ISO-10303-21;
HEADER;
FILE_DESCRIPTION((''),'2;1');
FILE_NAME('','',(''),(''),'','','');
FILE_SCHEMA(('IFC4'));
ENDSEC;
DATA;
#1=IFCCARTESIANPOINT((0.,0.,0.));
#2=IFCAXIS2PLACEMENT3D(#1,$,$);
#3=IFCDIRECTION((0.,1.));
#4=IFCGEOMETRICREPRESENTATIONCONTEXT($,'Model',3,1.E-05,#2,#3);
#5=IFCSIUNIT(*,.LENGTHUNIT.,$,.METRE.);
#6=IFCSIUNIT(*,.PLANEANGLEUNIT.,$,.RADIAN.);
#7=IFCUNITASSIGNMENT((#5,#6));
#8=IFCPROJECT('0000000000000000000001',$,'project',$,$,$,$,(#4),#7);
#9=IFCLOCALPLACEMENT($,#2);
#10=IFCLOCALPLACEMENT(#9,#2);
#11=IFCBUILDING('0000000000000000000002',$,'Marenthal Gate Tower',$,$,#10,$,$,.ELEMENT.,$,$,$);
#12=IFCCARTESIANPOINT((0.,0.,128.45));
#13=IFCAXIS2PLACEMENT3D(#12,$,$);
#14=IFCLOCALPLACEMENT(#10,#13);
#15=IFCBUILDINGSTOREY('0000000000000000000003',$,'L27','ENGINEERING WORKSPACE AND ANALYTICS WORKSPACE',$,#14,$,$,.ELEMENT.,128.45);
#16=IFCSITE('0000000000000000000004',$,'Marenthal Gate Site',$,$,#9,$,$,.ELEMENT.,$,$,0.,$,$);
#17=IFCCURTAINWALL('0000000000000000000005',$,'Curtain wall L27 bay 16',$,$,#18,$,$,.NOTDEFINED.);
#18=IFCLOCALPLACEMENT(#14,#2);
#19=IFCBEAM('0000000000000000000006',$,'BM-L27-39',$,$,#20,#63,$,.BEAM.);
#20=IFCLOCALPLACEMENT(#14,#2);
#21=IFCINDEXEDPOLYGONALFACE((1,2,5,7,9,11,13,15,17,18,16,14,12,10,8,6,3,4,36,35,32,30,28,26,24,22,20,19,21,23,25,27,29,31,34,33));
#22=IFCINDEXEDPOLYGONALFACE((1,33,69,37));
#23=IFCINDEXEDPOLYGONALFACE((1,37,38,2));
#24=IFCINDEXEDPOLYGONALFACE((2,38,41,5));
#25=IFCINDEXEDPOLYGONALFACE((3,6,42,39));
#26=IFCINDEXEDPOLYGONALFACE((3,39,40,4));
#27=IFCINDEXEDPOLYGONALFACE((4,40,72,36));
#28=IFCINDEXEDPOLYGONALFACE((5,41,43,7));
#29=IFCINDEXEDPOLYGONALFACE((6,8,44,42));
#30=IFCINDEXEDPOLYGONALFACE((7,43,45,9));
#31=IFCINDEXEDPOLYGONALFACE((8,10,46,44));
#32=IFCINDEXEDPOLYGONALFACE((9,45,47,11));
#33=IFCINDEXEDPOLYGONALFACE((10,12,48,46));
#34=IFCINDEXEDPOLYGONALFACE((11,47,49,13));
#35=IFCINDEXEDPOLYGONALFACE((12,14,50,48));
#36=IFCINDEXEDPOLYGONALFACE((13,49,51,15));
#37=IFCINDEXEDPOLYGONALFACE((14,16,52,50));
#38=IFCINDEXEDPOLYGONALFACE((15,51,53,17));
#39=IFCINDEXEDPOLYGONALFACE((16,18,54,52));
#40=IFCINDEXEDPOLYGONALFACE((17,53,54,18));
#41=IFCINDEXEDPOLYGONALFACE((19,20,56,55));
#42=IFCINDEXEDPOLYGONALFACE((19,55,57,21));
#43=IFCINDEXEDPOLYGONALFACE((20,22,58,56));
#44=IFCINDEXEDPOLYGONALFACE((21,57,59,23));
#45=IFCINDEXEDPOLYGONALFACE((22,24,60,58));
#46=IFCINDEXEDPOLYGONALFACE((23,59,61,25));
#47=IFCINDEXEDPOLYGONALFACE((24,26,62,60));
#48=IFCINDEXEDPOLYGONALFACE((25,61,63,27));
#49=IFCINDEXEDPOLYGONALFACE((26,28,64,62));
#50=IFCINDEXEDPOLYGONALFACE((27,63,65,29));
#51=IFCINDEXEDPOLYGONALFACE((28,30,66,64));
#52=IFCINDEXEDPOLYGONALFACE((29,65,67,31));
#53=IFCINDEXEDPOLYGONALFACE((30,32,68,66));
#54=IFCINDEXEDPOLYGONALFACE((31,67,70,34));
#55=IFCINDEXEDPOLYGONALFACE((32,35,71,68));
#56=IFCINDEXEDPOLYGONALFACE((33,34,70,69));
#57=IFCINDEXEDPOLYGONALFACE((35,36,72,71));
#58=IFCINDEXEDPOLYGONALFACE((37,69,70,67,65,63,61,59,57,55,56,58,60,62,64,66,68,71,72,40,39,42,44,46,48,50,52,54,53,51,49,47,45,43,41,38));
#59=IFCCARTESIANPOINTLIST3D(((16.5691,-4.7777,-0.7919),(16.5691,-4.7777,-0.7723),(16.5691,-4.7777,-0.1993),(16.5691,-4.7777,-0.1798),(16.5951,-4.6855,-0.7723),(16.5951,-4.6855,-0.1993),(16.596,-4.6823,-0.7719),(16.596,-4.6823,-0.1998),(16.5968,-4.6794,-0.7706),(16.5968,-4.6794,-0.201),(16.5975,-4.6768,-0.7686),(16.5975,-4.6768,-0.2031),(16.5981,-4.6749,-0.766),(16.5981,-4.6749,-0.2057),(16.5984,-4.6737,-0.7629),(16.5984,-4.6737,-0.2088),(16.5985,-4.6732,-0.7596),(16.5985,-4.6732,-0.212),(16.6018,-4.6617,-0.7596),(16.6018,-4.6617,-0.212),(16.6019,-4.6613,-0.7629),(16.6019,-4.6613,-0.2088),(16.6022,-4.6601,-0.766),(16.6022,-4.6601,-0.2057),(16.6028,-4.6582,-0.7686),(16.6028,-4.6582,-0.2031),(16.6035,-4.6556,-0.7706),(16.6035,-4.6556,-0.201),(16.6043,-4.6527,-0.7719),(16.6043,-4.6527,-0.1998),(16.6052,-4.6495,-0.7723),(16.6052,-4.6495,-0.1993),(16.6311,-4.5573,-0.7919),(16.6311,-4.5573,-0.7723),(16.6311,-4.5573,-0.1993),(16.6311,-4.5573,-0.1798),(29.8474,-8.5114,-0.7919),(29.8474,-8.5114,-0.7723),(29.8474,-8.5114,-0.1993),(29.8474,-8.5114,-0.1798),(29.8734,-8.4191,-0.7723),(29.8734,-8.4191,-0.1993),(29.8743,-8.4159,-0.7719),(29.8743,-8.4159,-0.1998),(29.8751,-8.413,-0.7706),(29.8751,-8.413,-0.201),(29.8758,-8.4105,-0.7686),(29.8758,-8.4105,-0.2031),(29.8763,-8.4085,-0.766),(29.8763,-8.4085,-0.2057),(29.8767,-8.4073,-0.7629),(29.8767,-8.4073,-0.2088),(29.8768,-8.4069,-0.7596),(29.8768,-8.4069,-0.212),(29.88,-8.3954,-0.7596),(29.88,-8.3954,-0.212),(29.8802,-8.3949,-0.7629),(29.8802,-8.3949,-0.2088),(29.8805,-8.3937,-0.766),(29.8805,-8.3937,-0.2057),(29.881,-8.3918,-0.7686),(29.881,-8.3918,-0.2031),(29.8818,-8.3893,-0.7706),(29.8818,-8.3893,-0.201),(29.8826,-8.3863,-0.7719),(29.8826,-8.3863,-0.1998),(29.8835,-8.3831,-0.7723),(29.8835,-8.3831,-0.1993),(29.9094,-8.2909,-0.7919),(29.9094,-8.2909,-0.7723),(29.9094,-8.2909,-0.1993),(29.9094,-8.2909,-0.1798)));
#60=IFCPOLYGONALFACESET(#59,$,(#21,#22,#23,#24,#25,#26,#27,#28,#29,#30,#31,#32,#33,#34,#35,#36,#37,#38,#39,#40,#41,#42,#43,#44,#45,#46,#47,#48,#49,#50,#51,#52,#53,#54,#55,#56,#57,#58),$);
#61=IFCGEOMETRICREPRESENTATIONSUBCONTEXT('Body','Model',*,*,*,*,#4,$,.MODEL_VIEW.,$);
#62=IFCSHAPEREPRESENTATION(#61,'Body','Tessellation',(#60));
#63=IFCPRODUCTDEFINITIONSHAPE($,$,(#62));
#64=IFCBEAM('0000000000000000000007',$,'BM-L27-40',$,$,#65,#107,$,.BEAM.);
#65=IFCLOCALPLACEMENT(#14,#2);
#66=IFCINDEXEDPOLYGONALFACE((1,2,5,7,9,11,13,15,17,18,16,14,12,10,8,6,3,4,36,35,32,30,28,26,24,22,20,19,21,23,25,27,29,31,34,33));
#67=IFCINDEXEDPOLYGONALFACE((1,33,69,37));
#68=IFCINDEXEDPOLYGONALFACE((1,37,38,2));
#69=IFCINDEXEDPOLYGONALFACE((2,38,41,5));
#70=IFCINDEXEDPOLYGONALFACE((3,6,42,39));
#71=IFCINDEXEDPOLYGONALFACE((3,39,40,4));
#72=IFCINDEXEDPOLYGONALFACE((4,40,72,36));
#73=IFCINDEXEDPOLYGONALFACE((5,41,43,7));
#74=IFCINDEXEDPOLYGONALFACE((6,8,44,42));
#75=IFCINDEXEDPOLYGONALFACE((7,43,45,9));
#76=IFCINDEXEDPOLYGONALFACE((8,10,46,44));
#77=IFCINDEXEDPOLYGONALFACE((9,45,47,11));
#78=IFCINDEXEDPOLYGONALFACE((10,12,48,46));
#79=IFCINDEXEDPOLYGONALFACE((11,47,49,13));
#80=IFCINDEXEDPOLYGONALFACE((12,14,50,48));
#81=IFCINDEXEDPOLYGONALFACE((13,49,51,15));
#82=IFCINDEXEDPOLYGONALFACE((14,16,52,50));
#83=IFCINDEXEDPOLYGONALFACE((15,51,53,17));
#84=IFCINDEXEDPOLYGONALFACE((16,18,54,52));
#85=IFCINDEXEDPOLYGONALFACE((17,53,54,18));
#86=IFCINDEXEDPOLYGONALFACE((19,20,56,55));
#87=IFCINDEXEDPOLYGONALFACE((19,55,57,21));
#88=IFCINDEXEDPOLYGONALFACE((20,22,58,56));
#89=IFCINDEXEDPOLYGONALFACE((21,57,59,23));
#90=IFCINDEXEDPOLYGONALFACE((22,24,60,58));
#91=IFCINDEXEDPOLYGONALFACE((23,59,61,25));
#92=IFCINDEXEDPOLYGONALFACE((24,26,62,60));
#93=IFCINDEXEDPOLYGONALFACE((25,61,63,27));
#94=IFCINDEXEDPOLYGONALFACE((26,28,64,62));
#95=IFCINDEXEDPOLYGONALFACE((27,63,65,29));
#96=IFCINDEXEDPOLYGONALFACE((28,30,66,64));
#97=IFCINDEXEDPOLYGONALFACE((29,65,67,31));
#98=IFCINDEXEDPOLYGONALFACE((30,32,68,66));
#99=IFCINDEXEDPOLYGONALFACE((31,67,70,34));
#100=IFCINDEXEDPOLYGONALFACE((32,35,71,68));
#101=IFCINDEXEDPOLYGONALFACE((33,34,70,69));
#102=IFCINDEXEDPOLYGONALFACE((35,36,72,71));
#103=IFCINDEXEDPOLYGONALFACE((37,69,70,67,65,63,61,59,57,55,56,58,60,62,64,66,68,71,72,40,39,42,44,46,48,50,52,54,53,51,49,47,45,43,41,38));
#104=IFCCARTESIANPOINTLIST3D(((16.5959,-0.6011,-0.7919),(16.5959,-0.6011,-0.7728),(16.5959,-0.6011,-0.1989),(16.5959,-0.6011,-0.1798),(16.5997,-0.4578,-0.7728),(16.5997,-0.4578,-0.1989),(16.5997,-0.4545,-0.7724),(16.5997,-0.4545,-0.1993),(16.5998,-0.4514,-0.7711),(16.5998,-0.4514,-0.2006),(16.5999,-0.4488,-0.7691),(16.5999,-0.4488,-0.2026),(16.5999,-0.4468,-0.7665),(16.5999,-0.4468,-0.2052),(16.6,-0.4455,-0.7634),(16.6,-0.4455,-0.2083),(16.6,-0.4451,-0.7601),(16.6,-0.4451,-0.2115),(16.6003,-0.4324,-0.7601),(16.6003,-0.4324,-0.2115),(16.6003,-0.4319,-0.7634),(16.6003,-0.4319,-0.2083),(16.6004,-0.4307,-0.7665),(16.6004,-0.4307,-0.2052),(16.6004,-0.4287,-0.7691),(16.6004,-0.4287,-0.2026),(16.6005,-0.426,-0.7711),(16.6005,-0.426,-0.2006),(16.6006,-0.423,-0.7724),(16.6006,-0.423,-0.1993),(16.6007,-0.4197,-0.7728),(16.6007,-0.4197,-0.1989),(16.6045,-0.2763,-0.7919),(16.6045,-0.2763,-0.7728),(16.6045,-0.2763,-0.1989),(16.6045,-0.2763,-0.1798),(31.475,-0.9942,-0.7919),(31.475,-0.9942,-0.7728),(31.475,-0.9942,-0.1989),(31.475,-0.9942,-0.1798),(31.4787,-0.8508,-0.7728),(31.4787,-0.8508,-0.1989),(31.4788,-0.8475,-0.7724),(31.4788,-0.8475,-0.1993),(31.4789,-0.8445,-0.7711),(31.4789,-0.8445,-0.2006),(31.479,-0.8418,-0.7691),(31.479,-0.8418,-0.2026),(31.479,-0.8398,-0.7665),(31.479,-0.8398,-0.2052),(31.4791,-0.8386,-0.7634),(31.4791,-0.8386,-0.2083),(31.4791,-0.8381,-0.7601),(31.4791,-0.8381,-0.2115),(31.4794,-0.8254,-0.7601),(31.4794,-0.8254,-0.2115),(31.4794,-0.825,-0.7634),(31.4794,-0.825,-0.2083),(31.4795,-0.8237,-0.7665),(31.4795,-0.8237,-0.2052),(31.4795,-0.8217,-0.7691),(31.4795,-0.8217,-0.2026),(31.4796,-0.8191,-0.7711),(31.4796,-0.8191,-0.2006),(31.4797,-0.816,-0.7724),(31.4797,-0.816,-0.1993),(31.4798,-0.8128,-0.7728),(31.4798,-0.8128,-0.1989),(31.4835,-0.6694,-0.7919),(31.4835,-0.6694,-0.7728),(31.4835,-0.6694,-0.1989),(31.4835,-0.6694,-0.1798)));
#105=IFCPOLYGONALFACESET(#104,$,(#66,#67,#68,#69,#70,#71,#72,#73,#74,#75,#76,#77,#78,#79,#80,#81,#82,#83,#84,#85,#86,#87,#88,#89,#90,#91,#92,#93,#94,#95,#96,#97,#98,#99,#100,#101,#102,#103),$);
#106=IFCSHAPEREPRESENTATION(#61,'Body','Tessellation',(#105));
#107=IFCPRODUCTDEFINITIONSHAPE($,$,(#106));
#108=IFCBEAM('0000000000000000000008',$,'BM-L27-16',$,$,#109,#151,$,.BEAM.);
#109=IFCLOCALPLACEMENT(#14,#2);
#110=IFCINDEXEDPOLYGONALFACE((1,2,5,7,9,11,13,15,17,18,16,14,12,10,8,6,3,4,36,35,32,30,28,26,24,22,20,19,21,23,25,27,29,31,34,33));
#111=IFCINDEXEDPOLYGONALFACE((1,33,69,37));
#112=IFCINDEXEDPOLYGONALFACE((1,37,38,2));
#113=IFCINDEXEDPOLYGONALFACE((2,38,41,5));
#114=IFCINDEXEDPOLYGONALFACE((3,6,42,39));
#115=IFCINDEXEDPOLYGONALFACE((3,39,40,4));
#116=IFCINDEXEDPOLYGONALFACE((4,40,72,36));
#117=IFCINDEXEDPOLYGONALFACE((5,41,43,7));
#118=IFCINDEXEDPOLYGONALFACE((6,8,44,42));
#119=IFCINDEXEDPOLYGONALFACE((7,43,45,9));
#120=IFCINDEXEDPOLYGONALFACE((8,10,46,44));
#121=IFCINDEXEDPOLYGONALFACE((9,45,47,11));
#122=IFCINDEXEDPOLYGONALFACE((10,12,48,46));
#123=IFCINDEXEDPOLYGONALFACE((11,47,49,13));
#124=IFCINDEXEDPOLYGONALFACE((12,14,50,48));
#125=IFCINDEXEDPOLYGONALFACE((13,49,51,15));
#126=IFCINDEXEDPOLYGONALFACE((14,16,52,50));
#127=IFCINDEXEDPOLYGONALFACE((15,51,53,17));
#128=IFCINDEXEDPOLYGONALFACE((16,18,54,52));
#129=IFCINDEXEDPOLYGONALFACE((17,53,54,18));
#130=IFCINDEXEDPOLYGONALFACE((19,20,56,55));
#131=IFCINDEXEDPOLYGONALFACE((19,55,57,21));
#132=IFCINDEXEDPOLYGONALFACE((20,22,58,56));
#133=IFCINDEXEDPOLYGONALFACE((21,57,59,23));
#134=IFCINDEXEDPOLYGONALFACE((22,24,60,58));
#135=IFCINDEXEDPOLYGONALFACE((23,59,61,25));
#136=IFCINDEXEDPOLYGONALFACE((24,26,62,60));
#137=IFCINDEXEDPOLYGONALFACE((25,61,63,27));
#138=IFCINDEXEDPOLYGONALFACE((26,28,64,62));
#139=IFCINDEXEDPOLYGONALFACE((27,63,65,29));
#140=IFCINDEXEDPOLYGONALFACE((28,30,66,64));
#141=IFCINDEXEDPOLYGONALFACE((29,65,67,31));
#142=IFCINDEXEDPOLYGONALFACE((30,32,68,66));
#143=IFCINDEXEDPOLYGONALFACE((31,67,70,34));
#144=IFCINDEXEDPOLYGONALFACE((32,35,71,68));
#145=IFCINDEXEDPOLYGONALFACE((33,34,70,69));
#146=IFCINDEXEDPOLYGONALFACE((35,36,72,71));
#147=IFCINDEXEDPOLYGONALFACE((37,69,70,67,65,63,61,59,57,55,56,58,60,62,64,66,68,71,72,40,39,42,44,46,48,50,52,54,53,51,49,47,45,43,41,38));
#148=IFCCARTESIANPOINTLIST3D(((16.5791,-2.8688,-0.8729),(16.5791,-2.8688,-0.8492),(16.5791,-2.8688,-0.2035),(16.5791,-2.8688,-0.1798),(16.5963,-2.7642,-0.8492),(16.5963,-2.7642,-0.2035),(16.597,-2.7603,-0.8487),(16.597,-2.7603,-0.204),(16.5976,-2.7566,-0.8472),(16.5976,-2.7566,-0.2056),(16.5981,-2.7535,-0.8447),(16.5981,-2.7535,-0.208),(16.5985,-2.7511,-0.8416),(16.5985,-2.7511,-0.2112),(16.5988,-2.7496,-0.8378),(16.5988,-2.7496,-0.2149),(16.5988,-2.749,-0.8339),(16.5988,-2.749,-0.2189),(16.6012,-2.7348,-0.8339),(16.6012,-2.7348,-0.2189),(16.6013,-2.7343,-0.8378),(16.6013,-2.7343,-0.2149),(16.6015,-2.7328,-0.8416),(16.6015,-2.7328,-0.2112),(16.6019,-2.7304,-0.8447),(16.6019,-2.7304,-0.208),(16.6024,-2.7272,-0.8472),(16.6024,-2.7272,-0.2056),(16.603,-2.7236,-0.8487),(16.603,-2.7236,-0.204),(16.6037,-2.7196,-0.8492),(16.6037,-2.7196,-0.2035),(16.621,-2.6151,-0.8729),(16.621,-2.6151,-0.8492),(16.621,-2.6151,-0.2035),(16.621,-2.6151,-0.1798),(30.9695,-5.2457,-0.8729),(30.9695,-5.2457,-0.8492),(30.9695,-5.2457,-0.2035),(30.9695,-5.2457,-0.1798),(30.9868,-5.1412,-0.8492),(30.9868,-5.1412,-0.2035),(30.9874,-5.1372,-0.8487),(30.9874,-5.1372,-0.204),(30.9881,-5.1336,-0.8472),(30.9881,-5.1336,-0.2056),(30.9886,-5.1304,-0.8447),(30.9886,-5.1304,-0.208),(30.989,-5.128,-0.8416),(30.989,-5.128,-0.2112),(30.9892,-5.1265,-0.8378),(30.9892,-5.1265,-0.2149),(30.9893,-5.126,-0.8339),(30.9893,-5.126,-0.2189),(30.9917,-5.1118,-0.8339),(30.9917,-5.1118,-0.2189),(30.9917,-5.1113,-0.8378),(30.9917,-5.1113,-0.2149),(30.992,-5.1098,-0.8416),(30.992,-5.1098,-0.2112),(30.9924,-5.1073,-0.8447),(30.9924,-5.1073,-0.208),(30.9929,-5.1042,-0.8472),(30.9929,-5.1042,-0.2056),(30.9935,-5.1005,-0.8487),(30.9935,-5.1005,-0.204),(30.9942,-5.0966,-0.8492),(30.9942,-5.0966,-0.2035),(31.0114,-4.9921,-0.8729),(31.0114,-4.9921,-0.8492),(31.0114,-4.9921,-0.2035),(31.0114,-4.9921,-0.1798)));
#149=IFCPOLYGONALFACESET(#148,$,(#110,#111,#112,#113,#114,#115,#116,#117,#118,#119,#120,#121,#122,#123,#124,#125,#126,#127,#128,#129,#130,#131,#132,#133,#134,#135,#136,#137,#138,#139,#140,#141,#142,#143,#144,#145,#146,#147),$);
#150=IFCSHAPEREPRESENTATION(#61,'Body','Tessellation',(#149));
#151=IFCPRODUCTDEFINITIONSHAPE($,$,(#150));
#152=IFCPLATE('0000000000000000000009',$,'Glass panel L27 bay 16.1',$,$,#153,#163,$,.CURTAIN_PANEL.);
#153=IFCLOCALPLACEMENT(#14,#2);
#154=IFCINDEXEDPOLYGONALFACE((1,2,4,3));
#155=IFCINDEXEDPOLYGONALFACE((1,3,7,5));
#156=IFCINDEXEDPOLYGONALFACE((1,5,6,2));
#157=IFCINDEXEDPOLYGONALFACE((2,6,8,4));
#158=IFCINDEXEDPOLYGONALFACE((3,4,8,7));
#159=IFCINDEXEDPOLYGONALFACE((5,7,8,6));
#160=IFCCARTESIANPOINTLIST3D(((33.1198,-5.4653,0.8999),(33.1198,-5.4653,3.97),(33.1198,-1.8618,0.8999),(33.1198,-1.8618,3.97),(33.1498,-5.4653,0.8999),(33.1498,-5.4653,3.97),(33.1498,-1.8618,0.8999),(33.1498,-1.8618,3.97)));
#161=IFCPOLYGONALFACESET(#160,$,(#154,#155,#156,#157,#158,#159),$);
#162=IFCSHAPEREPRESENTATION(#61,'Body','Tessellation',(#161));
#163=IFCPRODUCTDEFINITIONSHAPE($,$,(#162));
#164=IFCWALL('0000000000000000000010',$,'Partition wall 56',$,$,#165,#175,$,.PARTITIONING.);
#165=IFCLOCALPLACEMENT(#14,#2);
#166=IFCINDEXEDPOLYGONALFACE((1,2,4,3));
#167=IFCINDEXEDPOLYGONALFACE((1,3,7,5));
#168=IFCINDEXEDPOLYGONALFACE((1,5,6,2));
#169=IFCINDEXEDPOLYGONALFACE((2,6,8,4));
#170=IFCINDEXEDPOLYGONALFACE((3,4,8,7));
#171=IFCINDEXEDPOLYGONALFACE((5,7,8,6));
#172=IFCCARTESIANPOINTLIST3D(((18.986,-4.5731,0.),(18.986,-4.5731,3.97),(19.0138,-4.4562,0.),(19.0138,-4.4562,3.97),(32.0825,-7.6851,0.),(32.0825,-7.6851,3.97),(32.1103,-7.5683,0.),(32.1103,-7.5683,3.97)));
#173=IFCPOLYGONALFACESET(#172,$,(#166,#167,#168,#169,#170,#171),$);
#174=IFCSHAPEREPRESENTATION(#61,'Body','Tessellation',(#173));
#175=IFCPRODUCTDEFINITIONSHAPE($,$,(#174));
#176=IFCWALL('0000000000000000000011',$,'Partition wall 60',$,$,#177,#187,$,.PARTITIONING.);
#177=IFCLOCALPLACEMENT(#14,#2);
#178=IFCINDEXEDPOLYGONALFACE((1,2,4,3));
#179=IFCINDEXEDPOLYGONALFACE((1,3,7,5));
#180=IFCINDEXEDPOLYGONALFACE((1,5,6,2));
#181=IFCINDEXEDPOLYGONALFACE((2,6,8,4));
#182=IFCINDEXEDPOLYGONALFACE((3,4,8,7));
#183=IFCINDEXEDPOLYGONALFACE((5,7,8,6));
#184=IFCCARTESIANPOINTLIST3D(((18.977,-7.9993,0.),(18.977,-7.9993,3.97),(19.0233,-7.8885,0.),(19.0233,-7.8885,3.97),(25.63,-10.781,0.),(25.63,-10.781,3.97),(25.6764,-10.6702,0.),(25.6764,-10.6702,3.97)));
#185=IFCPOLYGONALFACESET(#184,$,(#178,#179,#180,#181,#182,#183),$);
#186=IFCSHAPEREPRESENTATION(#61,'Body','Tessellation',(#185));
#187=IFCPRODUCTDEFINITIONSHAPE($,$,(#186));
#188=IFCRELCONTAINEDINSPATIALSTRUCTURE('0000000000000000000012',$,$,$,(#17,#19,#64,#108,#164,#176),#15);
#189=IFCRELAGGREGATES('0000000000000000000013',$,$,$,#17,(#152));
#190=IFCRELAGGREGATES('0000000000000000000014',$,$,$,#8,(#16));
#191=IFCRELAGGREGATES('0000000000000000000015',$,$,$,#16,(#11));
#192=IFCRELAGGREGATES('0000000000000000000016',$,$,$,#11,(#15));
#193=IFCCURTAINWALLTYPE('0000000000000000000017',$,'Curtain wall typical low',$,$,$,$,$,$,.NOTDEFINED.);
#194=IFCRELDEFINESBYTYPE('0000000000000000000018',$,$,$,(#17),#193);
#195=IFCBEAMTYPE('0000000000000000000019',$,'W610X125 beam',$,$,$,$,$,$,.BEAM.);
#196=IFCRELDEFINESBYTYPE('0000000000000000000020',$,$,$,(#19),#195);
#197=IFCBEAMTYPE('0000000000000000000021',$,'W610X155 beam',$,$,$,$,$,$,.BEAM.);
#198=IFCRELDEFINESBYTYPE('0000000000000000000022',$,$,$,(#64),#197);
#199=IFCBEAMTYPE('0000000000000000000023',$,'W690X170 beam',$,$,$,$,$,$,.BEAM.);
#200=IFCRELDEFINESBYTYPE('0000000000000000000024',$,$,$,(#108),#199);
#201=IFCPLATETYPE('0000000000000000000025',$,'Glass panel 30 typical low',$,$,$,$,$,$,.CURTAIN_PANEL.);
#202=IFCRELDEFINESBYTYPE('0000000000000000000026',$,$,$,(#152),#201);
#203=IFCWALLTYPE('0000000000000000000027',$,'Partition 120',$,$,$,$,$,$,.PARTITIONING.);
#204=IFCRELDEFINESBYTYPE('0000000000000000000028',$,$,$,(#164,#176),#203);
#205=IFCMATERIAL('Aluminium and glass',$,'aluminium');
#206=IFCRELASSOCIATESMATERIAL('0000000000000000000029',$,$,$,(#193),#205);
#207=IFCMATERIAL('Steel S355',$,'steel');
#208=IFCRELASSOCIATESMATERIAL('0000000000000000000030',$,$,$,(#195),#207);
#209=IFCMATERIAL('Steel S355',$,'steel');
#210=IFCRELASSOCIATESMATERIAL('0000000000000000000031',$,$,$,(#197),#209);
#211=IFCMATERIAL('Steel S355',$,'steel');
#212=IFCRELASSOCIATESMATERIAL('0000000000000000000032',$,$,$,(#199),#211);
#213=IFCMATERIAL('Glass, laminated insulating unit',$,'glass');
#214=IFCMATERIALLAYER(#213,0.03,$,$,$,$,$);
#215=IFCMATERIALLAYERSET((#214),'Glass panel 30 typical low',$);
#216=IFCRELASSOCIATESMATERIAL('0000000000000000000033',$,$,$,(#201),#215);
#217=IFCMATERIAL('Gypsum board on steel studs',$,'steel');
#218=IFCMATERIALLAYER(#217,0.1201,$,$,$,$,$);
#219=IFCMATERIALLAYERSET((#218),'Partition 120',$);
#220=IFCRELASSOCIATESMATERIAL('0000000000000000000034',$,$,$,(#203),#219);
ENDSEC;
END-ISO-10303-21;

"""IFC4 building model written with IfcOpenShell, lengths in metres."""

from ifc_helpers import new_model, si_unit, direction, frame, frame_2d, origin, origin_2d, place, context, subcontext, project, spatial, rectangle, i_section, extrude, material, layer, layer_set, material_profile, profile_set, type_object, element, aggregate, save


model = new_model("IFC4")

# Units and contexts
model_context = context("Model", 3, precision=1e-05, world=origin(), true_north=direction((0.0, 1.0)))
body_context = subcontext(model_context, "Body", "Model", "MODEL_VIEW")
ifc_project = project(units=[si_unit("LENGTHUNIT", "METRE"), si_unit("PLANEANGLEUNIT", "RADIAN")], contexts=[model_context])

# Site, building, storey
site_placement = place(None, origin())
site = spatial("IfcSite", under=ifc_project, at=site_placement, Name="Marenthal Gate Site", CompositionType="ELEMENT", RefElevation=0.0)
building_placement = place(site_placement, origin())
building = spatial("IfcBuilding", under=site, at=building_placement, Name="Marenthal Gate Tower", CompositionType="ELEMENT")
storey_placement = place(building_placement, frame((0.0, 0.0, 128.45)))
storey = spatial("IfcBuildingStorey", under=building, at=storey_placement, Name="L27", Description="ENGINEERING WORKSPACE AND ANALYTICS WORKSPACE", CompositionType="ELEMENT", Elevation=128.45)

# Curtain wall
ifc_material_1 = material(Name="Aluminium and glass", Category="aluminium")
curtain_wall_type = type_object("IfcCurtainWallType", Name="Curtain wall typical low", PredefinedType="NOTDEFINED", material=ifc_material_1)
curtain_wall_placement = place(storey_placement, origin())
curtain_wall = element("IfcCurtainWall", 1, at=curtain_wall_placement, inside=storey, type_object=curtain_wall_type, Name="Curtain wall L27 bay 16", PredefinedType="NOTDEFINED")

# Beams
ifc_material_2 = material(Name="Steel S355", Category="steel")
ifc_material_profile_1 = material_profile(ifc_material_2, i_section(OverallWidth=0.229, OverallDepth=0.6121, WebThickness=0.012, FlangeThickness=0.0195, FilletRadius=0.0127, at=origin_2d()), Name="W610X125")
ifc_profile_set_1 = profile_set([ifc_material_profile_1], Name="Steel S355")
beam_type_1 = type_object("IfcBeamType", Name="W610X125 beam", PredefinedType="BEAM", material=ifc_profile_set_1)
beam_1_placement = place(storey_placement, frame((29.8784, -8.4011, -0.4858), z_axis=(-0.962668, 0.270686, 0.0), x_axis=(-0.270686, -0.962668, 0.0)))
element("IfcBeam", 2, at=beam_1_placement, inside=storey, type_object=beam_type_1, Name="BM-L27-39", PredefinedType="BEAM", context=body_context, shape_type="SweptSolid", body=[
    extrude(i_section(OverallWidth=0.229, OverallDepth=0.6121, WebThickness=0.012, FlangeThickness=0.0195, FilletRadius=0.0127, at=origin_2d()), origin(), (0.0, 0.0, 1.0), 13.7932),
])
ifc_material_3 = material(Name="Steel S355", Category="steel")
ifc_material_profile_2 = material_profile(ifc_material_3, i_section(OverallWidth=0.325, OverallDepth=0.6121, WebThickness=0.0127, FlangeThickness=0.019, FilletRadius=0.0127, at=origin_2d()), Name="W610X155")
ifc_profile_set_2 = profile_set([ifc_material_profile_2], Name="Steel S355")
beam_type_2 = type_object("IfcBeamType", Name="W610X155 beam", PredefinedType="BEAM", material=ifc_profile_set_2)
beam_2_placement = place(storey_placement, frame((31.4792, -0.8318, -0.4858), z_axis=(-0.999651, 0.026408, 0.0), x_axis=(-0.026408, -0.999651, 0.0)))
element("IfcBeam", 3, at=beam_2_placement, inside=storey, type_object=beam_type_2, Name="BM-L27-40", PredefinedType="BEAM", context=body_context, shape_type="SweptSolid", body=[
    extrude(i_section(OverallWidth=0.325, OverallDepth=0.6121, WebThickness=0.0127, FlangeThickness=0.019, FilletRadius=0.0127, at=origin_2d()), origin(), (0.0, 0.0, 1.0), 14.8843),
])
ifc_material_4 = material(Name="Steel S355", Category="steel")
ifc_material_profile_3 = material_profile(ifc_material_4, i_section(OverallWidth=0.2571, OverallDepth=0.6931, WebThickness=0.0144, FlangeThickness=0.0237, FilletRadius=0.0154, at=origin_2d()), Name="W690X170")
ifc_profile_set_3 = profile_set([ifc_material_profile_3], Name="Steel S355")
beam_type_3 = type_object("IfcBeamType", Name="W690X170 beam", PredefinedType="BEAM", material=ifc_profile_set_3)
beam_3_placement = place(storey_placement, frame((30.9905, -5.1189, -0.5264), z_axis=(-0.986631, 0.162968, 0.0), x_axis=(-0.162968, -0.986631, 0.0)))
element("IfcBeam", 4, at=beam_3_placement, inside=storey, type_object=beam_type_3, Name="BM-L27-16", PredefinedType="BEAM", context=body_context, shape_type="SweptSolid", body=[
    extrude(i_section(OverallWidth=0.2571, OverallDepth=0.6931, WebThickness=0.0144, FlangeThickness=0.0237, FilletRadius=0.0154, at=origin_2d()), origin(), (0.0, 0.0, 1.0), 14.5854),
])

# Plate
ifc_material_5 = material(Name="Glass, laminated insulating unit", Category="glass")
ifc_layer_1 = layer(ifc_material_5, 0.03)
ifc_layer_set_1 = layer_set([ifc_layer_1], Name="Glass panel 30 typical low")
plate_type = type_object("IfcPlateType", Name="Glass panel 30 typical low", PredefinedType="CURTAIN_PANEL", material=ifc_layer_set_1)
plate_placement = place(storey_placement, frame((33.1348, -3.6636, 0.8999), z_axis=(0.0, 0.0, 1.0), x_axis=(0.0, 1.0, 0.0)))
plate = element("IfcPlate", 5, at=plate_placement, type_object=plate_type, Name="Glass panel L27 bay 16.1", PredefinedType="CURTAIN_PANEL", context=body_context, shape_type="SweptSolid", body=[
    extrude(rectangle(XDim=3.6035, YDim=0.03, at=origin_2d()), origin(), (0.0, 0.0, 1.0), 3.0701),
])
aggregate(curtain_wall, [plate])

# Walls
ifc_material_6 = material(Name="Gypsum board on steel studs", Category="steel")
ifc_layer_2 = layer(ifc_material_6, 0.1201)
ifc_layer_set_2 = layer_set([ifc_layer_2], Name="Partition 120")
wall_type = type_object("IfcWallType", Name="Partition 120", PredefinedType="PARTITIONING", material=ifc_layer_set_2)
wall_1_placement = place(storey_placement, frame((19.0, -4.5146, 0.0), z_axis=(0.0, 0.0, 1.0), x_axis=(0.972909, -0.231189, 0.0)))
element("IfcWall", 6, at=wall_1_placement, inside=storey, type_object=wall_type, Name="Partition wall 56", PredefinedType="PARTITIONING", context=body_context, shape_type="SweptSolid", body=[
    extrude(rectangle(XDim=13.4612, YDim=0.1201, at=frame_2d((6.7305, 0.0))), origin(), (0.0, 0.0, 1.0), 3.97),
])
wall_2_placement = place(storey_placement, frame((25.6531, -10.7256, 0.0), z_axis=(0.0, 0.0, 1.0), x_axis=(-0.922602, 0.385752, 0.0)))
element("IfcWall", 7, at=wall_2_placement, inside=storey, type_object=wall_type, Name="Partition wall 60", PredefinedType="PARTITIONING", context=body_context, shape_type="SweptSolid", body=[
    extrude(rectangle(XDim=7.2112, YDim=0.1201, at=frame_2d((3.6055, 0.0))), origin(), (0.0, 0.0, 1.0), 3.97),
])

save(model, "model.ifc")
